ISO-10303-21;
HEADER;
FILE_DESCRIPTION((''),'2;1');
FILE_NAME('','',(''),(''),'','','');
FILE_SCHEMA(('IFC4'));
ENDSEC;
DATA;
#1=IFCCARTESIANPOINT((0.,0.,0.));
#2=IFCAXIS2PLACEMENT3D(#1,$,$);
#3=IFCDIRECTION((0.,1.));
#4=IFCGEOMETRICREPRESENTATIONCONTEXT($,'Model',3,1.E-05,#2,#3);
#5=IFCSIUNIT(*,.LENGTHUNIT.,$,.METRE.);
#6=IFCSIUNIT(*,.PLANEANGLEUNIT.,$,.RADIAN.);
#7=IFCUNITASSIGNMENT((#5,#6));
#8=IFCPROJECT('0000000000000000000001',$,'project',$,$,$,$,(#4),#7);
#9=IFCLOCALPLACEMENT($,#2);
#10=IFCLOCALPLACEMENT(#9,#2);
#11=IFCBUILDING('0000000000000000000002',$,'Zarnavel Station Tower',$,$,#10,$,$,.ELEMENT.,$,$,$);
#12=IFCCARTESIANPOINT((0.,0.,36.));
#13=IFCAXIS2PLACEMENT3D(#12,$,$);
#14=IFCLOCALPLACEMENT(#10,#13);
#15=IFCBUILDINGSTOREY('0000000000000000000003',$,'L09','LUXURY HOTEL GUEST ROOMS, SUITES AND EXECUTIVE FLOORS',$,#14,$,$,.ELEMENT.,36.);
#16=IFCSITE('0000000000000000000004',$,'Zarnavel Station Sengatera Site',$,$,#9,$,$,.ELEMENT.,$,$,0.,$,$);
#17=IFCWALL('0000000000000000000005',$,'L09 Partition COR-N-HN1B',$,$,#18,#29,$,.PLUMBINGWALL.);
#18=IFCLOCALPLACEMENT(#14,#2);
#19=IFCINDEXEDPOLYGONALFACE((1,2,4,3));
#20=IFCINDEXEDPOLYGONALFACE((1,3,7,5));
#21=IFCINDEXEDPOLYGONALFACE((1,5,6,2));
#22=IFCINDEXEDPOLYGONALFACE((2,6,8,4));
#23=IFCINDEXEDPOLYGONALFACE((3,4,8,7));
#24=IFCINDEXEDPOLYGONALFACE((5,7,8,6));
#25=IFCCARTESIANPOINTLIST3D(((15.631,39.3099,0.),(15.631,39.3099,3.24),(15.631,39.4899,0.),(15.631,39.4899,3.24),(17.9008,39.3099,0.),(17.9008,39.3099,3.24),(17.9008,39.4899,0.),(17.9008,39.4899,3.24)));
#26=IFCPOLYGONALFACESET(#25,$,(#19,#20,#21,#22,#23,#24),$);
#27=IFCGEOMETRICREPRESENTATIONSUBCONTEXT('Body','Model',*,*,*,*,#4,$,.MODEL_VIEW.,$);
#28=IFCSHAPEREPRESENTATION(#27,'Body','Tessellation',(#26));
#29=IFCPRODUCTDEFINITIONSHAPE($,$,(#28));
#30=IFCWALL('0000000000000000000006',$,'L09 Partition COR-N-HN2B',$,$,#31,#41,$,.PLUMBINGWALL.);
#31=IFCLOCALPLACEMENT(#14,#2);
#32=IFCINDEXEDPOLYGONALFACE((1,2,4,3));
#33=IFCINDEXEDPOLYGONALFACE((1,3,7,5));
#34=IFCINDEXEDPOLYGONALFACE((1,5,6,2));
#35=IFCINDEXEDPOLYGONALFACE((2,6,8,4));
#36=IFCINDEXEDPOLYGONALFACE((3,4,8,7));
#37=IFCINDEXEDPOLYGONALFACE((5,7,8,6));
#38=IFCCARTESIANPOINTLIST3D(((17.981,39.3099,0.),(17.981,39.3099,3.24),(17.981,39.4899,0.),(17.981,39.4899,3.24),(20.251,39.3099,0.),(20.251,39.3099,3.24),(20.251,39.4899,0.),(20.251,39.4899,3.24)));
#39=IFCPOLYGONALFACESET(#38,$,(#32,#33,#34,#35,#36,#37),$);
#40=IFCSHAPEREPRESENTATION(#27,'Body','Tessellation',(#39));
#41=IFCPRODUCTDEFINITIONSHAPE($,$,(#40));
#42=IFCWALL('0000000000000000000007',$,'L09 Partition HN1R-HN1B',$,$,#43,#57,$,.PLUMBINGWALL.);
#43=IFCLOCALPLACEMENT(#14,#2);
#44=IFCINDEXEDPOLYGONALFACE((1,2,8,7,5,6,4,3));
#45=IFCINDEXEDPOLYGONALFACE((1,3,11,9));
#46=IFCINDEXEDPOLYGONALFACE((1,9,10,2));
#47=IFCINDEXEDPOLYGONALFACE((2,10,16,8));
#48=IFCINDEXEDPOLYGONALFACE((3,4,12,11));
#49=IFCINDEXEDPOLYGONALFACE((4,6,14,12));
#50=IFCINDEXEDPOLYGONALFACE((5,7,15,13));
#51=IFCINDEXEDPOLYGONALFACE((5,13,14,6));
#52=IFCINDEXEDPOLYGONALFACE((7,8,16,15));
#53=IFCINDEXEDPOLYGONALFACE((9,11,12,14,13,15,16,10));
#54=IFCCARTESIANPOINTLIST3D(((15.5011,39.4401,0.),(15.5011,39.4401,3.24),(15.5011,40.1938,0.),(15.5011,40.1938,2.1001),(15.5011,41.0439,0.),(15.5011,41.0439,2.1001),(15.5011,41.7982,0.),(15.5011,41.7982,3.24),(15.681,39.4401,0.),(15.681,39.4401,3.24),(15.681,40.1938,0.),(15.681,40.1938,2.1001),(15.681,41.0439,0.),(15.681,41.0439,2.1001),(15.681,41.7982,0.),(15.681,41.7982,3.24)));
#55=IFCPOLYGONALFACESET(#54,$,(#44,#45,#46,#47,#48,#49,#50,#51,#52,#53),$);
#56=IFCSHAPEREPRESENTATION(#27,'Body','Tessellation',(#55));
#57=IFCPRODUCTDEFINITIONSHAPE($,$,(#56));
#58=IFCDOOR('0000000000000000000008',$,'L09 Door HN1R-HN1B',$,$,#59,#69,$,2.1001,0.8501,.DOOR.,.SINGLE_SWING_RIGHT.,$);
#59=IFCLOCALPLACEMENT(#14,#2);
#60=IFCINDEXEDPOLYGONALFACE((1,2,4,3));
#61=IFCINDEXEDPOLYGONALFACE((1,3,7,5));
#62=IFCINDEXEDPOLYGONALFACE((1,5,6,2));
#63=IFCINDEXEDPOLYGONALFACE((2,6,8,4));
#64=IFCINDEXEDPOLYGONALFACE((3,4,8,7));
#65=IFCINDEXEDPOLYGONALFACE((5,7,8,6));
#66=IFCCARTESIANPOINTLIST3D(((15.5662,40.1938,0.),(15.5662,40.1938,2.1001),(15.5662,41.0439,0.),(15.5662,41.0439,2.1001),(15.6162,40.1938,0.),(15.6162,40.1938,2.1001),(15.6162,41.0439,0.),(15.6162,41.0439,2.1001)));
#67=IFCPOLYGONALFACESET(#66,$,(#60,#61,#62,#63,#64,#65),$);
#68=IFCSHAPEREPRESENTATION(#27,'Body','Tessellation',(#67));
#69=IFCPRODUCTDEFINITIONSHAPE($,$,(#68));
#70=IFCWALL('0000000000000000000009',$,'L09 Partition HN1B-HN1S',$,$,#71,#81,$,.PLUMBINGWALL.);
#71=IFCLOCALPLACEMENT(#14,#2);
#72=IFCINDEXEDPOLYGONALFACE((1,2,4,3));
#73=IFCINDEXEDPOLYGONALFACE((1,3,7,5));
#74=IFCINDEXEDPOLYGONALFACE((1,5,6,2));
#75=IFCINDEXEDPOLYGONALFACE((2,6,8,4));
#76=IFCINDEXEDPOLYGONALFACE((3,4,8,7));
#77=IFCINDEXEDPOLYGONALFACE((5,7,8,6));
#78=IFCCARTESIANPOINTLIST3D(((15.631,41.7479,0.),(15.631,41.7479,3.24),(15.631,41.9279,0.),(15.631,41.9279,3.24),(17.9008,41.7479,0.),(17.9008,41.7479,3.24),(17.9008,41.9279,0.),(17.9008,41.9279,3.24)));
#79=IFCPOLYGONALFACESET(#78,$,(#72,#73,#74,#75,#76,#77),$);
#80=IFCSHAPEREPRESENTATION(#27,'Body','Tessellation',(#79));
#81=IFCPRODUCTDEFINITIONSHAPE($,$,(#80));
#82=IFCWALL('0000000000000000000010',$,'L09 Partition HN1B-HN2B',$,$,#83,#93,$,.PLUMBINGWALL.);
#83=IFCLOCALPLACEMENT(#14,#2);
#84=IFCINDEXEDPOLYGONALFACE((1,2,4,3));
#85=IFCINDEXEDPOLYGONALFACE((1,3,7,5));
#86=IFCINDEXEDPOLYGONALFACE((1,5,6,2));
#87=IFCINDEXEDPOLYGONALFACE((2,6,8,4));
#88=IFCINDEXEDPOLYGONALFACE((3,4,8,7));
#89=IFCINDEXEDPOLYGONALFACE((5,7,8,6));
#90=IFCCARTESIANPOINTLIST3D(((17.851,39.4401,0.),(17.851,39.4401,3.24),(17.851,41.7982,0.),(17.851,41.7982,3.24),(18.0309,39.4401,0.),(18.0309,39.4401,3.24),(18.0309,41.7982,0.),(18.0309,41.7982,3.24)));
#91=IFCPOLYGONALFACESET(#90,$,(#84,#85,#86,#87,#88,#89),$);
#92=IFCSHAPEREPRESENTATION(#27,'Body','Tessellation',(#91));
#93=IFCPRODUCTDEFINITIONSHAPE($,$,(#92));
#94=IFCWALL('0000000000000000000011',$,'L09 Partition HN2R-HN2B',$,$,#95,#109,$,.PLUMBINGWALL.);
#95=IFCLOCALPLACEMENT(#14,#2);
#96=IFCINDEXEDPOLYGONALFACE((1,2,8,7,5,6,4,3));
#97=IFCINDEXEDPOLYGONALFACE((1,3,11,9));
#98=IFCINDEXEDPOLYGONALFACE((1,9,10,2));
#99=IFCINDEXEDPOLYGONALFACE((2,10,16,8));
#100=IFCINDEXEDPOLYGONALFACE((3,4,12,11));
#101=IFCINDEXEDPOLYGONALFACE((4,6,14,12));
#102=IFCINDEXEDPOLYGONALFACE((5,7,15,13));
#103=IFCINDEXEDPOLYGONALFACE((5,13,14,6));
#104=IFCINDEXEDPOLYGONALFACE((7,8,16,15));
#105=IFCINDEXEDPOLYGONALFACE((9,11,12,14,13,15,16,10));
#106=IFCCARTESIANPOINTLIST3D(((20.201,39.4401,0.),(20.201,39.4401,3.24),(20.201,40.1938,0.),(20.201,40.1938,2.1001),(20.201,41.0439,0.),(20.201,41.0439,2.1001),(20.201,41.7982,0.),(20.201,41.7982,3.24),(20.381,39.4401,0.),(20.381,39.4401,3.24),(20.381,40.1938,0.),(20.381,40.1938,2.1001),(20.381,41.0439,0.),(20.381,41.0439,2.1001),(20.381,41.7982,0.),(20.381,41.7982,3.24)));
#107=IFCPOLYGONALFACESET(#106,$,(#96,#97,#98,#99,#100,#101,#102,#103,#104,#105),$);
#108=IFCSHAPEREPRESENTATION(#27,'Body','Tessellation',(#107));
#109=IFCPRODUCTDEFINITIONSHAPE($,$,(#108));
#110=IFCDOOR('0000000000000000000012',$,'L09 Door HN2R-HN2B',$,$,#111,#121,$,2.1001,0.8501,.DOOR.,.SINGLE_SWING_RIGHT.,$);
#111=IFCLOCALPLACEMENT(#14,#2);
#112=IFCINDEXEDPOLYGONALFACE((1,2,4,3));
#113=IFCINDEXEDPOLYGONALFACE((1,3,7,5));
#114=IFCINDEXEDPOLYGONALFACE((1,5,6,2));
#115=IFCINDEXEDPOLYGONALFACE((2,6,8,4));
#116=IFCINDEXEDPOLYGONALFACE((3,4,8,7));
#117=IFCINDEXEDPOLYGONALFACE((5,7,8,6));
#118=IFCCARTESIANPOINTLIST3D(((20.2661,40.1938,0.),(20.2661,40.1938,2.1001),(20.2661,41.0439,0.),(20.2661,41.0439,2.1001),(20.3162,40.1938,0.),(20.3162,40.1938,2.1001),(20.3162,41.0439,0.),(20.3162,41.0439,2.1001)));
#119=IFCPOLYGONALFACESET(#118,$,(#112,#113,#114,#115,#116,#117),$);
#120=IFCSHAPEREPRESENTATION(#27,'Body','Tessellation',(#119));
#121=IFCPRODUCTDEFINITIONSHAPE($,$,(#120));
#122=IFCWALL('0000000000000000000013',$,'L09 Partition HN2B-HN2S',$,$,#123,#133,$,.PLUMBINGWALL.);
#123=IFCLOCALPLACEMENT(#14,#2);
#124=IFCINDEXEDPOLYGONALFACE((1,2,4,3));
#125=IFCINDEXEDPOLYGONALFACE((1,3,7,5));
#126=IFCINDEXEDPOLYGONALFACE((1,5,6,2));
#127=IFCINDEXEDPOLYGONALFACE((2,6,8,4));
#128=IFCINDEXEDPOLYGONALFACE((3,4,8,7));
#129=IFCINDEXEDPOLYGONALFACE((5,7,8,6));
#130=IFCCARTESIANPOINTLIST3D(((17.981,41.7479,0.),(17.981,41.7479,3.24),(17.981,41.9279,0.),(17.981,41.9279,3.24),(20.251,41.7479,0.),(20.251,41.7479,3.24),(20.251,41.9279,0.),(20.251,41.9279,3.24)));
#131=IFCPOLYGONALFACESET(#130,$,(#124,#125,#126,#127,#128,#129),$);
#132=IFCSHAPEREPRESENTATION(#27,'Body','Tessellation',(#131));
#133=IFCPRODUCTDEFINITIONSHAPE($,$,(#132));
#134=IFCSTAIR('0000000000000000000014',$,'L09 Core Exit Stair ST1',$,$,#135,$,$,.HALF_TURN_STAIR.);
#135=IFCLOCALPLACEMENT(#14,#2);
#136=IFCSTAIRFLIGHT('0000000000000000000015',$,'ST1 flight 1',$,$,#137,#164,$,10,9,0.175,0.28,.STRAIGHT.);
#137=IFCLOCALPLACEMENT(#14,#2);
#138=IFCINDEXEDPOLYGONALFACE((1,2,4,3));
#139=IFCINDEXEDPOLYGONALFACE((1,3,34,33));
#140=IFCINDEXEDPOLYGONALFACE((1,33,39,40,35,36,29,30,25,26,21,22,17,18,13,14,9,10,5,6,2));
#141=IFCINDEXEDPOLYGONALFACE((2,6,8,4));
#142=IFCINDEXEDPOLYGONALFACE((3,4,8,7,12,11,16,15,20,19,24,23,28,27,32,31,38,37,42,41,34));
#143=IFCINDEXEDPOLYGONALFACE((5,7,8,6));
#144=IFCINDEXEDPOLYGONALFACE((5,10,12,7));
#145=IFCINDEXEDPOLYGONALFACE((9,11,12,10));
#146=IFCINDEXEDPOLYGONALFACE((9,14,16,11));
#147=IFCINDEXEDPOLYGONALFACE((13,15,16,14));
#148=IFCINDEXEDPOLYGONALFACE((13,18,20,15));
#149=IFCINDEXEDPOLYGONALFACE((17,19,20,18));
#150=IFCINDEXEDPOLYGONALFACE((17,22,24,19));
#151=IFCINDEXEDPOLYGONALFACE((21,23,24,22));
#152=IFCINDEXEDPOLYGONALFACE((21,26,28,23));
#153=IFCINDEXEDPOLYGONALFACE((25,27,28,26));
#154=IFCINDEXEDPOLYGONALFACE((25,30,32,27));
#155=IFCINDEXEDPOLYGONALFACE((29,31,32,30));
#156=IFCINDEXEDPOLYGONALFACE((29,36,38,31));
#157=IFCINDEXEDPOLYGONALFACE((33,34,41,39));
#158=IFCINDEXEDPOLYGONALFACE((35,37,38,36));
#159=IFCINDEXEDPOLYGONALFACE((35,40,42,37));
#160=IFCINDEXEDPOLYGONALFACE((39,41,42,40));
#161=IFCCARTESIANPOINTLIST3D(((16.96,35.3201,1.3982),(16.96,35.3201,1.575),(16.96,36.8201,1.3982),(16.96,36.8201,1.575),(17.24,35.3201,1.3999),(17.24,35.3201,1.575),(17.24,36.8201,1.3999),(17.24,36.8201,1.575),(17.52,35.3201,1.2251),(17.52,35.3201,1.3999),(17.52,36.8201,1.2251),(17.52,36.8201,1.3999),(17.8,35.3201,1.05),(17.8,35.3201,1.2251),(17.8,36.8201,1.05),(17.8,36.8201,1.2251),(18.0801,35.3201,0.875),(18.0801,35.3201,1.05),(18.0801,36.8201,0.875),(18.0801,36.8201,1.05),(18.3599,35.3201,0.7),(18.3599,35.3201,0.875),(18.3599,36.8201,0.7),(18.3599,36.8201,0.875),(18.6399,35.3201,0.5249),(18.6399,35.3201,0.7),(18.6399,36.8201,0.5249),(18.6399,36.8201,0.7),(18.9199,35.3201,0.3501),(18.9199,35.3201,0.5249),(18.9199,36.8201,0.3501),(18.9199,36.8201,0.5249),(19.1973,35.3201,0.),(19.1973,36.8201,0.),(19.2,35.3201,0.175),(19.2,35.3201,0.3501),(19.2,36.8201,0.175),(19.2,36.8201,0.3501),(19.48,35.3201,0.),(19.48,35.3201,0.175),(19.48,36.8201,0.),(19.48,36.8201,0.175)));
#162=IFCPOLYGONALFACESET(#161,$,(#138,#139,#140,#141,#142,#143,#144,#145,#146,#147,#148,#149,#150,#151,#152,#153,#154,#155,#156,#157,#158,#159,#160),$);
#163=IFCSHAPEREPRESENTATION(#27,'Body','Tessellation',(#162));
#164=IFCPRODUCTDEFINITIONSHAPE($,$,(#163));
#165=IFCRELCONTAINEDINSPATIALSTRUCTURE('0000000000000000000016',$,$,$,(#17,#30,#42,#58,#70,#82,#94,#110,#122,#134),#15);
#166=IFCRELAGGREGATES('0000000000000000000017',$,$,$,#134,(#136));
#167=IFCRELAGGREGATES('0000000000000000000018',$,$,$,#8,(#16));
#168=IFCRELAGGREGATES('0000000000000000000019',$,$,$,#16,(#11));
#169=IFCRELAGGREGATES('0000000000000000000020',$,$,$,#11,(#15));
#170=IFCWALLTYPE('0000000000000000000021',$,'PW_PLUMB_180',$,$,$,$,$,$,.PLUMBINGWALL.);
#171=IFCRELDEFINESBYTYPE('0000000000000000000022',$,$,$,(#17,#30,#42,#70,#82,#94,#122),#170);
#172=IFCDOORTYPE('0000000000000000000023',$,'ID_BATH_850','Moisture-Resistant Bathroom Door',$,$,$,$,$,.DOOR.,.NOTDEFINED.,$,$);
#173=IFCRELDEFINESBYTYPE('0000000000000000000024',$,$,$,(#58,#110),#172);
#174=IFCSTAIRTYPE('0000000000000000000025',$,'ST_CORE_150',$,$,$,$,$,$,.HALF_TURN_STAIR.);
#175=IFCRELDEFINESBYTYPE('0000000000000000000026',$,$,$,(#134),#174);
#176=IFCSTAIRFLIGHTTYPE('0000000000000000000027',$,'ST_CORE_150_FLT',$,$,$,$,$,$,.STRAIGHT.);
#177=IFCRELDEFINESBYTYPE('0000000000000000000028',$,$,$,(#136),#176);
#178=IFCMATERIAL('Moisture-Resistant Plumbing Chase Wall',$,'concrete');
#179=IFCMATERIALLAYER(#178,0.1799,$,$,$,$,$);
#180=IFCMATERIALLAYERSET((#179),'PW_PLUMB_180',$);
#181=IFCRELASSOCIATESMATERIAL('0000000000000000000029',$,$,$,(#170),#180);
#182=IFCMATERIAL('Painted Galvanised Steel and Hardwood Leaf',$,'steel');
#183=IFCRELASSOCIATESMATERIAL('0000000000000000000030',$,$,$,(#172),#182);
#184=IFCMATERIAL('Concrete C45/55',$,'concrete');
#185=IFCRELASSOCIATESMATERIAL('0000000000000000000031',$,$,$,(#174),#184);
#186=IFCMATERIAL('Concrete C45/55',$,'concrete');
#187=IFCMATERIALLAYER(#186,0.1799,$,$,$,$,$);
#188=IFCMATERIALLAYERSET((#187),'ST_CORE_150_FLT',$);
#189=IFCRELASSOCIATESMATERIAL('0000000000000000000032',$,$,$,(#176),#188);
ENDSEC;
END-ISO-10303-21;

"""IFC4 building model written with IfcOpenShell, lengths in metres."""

from ifc_helpers import new_model, si_unit, direction, frame, frame_2d, origin, place, context, subcontext, project, spatial, polyline, rectangle, outline, extrude, material, layer, layer_set, type_object, element, fill, aggregate, save


model = new_model("IFC4")

# Units and contexts
model_context = context("Model", 3, precision=1e-05, world=origin(), true_north=direction((0.0, 1.0)))
body_context = subcontext(model_context, "Body", "Model", "MODEL_VIEW")
ifc_project = project(units=[si_unit("LENGTHUNIT", "METRE"), si_unit("PLANEANGLEUNIT", "RADIAN")], contexts=[model_context])

# Site, building, storey
site_placement = place(None, origin())
site = spatial("IfcSite", under=ifc_project, at=site_placement, Name="Zarnavel Station Sengatera Site", CompositionType="ELEMENT", RefElevation=0.0)
building_placement = place(site_placement, origin())
building = spatial("IfcBuilding", under=site, at=building_placement, Name="Zarnavel Station Tower", CompositionType="ELEMENT")
storey_placement = place(building_placement, frame((0.0, 0.0, 36.0)))
storey = spatial("IfcBuildingStorey", under=building, at=storey_placement, Name="L09", Description="LUXURY HOTEL GUEST ROOMS, SUITES AND EXECUTIVE FLOORS", CompositionType="ELEMENT", Elevation=36.0)

# Walls
ifc_material_1 = material(Name="Moisture-Resistant Plumbing Chase Wall", Category="concrete")
ifc_layer_1 = layer(ifc_material_1, 0.1799)
ifc_layer_set_1 = layer_set([ifc_layer_1], Name="PW_PLUMB_180")
wall_type_1 = type_object("IfcWallType", Name="PW_PLUMB_180", PredefinedType="PLUMBINGWALL", material=ifc_layer_set_1)
wall_1_placement = place(storey_placement, frame((15.6311, 39.3999, 0.0), z_axis=(0.0, 0.0, 1.0), x_axis=(1.0, 0.0, 0.0)))
element("IfcWall", 1, at=wall_1_placement, inside=storey, type_object=wall_type_1, Name="L09 Partition COR-N-HN1B", PredefinedType="PLUMBINGWALL", context=body_context, shape_type="SweptSolid", body=[
    extrude(rectangle(XDim=2.2698, YDim=0.1799, at=frame_2d((1.1348, 0.0))), origin(), (0.0, 0.0, 1.0), 3.24),
])
wall_2_placement = place(storey_placement, frame((17.981, 39.3999, 0.0), z_axis=(0.0, 0.0, 1.0), x_axis=(1.0, 0.0, 0.0)))
element("IfcWall", 2, at=wall_2_placement, inside=storey, type_object=wall_type_1, Name="L09 Partition COR-N-HN2B", PredefinedType="PLUMBINGWALL", context=body_context, shape_type="SweptSolid", body=[
    extrude(rectangle(XDim=2.27, YDim=0.1799, at=frame_2d((1.135, 0.0))), origin(), (0.0, 0.0, 1.0), 3.24),
])

# Wall, opening, door
wall_3_placement = place(storey_placement, frame((15.5911, 39.4399, 0.0), z_axis=(0.0, 0.0, 1.0), x_axis=(0.0, 1.0, 0.0)))
wall_3 = element("IfcWall", 3, at=wall_3_placement, inside=storey, type_object=wall_type_1, Name="L09 Partition HN1R-HN1B", PredefinedType="PLUMBINGWALL", context=body_context, shape_type="SweptSolid", body=[
    extrude(rectangle(XDim=2.3582, YDim=0.1799, at=frame_2d((1.1792, 0.0))), origin(), (0.0, 0.0, 1.0), 3.24),
])
opening_1_placement = place(wall_3_placement, frame((0.7539, 0.0, 0.0)))
opening_1 = element("IfcOpeningElement", 4, at=opening_1_placement, cuts=wall_3, PredefinedType="OPENING", context=body_context, shape_type="SweptSolid", body=[
    extrude(rectangle(XDim=0.8501, YDim=2.1001, at=frame_2d((0.425, 1.05))), frame((0.0, 0.0999, 0.0), z_axis=(0.0, -1.0, 0.0), x_axis=(1.0, 0.0, 0.0)), (0.0, 0.0, 1.0), 0.2),
])
ifc_material_2 = material(Name="Painted Galvanised Steel and Hardwood Leaf", Category="steel")
door_type_1 = type_object("IfcDoorType", Name="ID_BATH_850", Description="Moisture-Resistant Bathroom Door", OperationType="NOTDEFINED", PredefinedType="DOOR", material=ifc_material_2)
door_1_placement = place(opening_1_placement, origin())
door_1 = element("IfcDoor", 5, at=door_1_placement, inside=storey, type_object=door_type_1, Name="L09 Door HN1R-HN1B", OperationType="SINGLE_SWING_RIGHT", OverallHeight=2.1001, OverallWidth=0.8501, PredefinedType="DOOR", context=body_context, shape_type="SweptSolid", body=[
    extrude(rectangle(XDim=0.8501, YDim=2.1001, at=frame_2d((0.425, 1.05))), frame((0.0, 0.0249, 0.0), z_axis=(0.0, -1.0, 0.0), x_axis=(1.0, 0.0, 0.0)), (0.0, 0.0, 1.0), 0.05),
])
fill(opening_1, door_1)

# Walls
wall_4_placement = place(storey_placement, frame((15.6311, 41.8379, 0.0), z_axis=(0.0, 0.0, 1.0), x_axis=(1.0, 0.0, 0.0)))
element("IfcWall", 6, at=wall_4_placement, inside=storey, type_object=wall_type_1, Name="L09 Partition HN1B-HN1S", PredefinedType="PLUMBINGWALL", context=body_context, shape_type="SweptSolid", body=[
    extrude(rectangle(XDim=2.2698, YDim=0.1799, at=frame_2d((1.1348, 0.0))), origin(), (0.0, 0.0, 1.0), 3.24),
])
wall_5_placement = place(storey_placement, frame((17.9409, 39.4399, 0.0), z_axis=(0.0, 0.0, 1.0), x_axis=(0.0, 1.0, 0.0)))
element("IfcWall", 7, at=wall_5_placement, inside=storey, type_object=wall_type_1, Name="L09 Partition HN1B-HN2B", PredefinedType="PLUMBINGWALL", context=body_context, shape_type="SweptSolid", body=[
    extrude(rectangle(XDim=2.3582, YDim=0.1799, at=frame_2d((1.1792, 0.0))), origin(), (0.0, 0.0, 1.0), 3.24),
])

# Wall, opening, door
wall_6_placement = place(storey_placement, frame((20.291, 39.4399, 0.0), z_axis=(0.0, 0.0, 1.0), x_axis=(0.0, 1.0, 0.0)))
wall_6 = element("IfcWall", 8, at=wall_6_placement, inside=storey, type_object=wall_type_1, Name="L09 Partition HN2R-HN2B", PredefinedType="PLUMBINGWALL", context=body_context, shape_type="SweptSolid", body=[
    extrude(rectangle(XDim=2.3582, YDim=0.1799, at=frame_2d((1.1792, 0.0))), origin(), (0.0, 0.0, 1.0), 3.24),
])
opening_2_placement = place(wall_6_placement, frame((0.7539, 0.0, 0.0)))
opening_2 = element("IfcOpeningElement", 9, at=opening_2_placement, cuts=wall_6, PredefinedType="OPENING", context=body_context, shape_type="SweptSolid", body=[
    extrude(rectangle(XDim=0.8501, YDim=2.1001, at=frame_2d((0.425, 1.05))), frame((0.0, 0.0999, 0.0), z_axis=(0.0, -1.0, 0.0), x_axis=(1.0, 0.0, 0.0)), (0.0, 0.0, 1.0), 0.2),
])
door_2_placement = place(opening_2_placement, origin())
door_2 = element("IfcDoor", 10, at=door_2_placement, inside=storey, type_object=door_type_1, Name="L09 Door HN2R-HN2B", OperationType="SINGLE_SWING_RIGHT", OverallHeight=2.1001, OverallWidth=0.8501, PredefinedType="DOOR", context=body_context, shape_type="SweptSolid", body=[
    extrude(rectangle(XDim=0.8501, YDim=2.1001, at=frame_2d((0.425, 1.05))), frame((0.0, 0.0249, 0.0), z_axis=(0.0, -1.0, 0.0), x_axis=(1.0, 0.0, 0.0)), (0.0, 0.0, 1.0), 0.05),
])
fill(opening_2, door_2)

# Wall
wall_7_placement = place(storey_placement, frame((17.981, 41.8379, 0.0), z_axis=(0.0, 0.0, 1.0), x_axis=(1.0, 0.0, 0.0)))
element("IfcWall", 11, at=wall_7_placement, inside=storey, type_object=wall_type_1, Name="L09 Partition HN2B-HN2S", PredefinedType="PLUMBINGWALL", context=body_context, shape_type="SweptSolid", body=[
    extrude(rectangle(XDim=2.27, YDim=0.1799, at=frame_2d((1.135, 0.0))), origin(), (0.0, 0.0, 1.0), 3.24),
])

# Stair, stair flight
ifc_material_3 = material(Name="Concrete C45/55", Category="concrete")
stair_type = type_object("IfcStairType", Name="ST_CORE_150", PredefinedType="HALF_TURN_STAIR", material=ifc_material_3)
stair_placement = place(storey_placement, origin())
stair = element("IfcStair", 12, at=stair_placement, inside=storey, type_object=stair_type, Name="L09 Core Exit Stair ST1", PredefinedType="HALF_TURN_STAIR")
ifc_material_4 = material(Name="Concrete C45/55", Category="concrete")
ifc_layer_2 = layer(ifc_material_4, 0.1799)
ifc_layer_set_2 = layer_set([ifc_layer_2], Name="ST_CORE_150_FLT")
stair_flight_type = type_object("IfcStairFlightType", Name="ST_CORE_150_FLT", PredefinedType="STRAIGHT", material=ifc_layer_set_2)
stair_flight_1_placement = place(storey_placement, frame((19.48, 36.0701, 0.0), z_axis=(0.0, 0.0, 1.0), x_axis=(-1.0, 0.0, 0.0)))
stair_flight_1 = element("IfcStairFlight", 13, at=stair_flight_1_placement, type_object=stair_flight_type, Name="ST1 flight 1", NumberOfRisers=10, NumberOfTreads=9, PredefinedType="STRAIGHT", RiserHeight=0.175, TreadLength=0.28, context=body_context, shape_type="SweptSolid", body=[
    extrude(outline(polyline([(0.0, 0.0), (0.0, 0.175), (0.28, 0.175), (0.28, 0.3501), (0.5601, 0.3501), (0.5601, 0.5249), (0.8401, 0.5249), (0.8401, 0.7), (1.1201, 0.7), (1.1201, 0.875), (1.3999, 0.875), (1.3999, 1.05), (1.6799, 1.05), (1.6799, 1.2251), (1.96, 1.2251), (1.96, 1.3999), (2.24, 1.3999), (2.24, 1.575), (2.52, 1.575), (2.52, 1.75), (2.52, 1.3982), (0.2827, 0.0), (0.0, 0.0)])), frame((0.0, 0.75, 0.0), z_axis=(0.0, -1.0, 0.0), x_axis=(1.0, 0.0, 0.0)), (0.0, 0.0, 1.0), 1.5),
])
aggregate(stair, [stair_flight_1])

save(model, "model.ifc")
